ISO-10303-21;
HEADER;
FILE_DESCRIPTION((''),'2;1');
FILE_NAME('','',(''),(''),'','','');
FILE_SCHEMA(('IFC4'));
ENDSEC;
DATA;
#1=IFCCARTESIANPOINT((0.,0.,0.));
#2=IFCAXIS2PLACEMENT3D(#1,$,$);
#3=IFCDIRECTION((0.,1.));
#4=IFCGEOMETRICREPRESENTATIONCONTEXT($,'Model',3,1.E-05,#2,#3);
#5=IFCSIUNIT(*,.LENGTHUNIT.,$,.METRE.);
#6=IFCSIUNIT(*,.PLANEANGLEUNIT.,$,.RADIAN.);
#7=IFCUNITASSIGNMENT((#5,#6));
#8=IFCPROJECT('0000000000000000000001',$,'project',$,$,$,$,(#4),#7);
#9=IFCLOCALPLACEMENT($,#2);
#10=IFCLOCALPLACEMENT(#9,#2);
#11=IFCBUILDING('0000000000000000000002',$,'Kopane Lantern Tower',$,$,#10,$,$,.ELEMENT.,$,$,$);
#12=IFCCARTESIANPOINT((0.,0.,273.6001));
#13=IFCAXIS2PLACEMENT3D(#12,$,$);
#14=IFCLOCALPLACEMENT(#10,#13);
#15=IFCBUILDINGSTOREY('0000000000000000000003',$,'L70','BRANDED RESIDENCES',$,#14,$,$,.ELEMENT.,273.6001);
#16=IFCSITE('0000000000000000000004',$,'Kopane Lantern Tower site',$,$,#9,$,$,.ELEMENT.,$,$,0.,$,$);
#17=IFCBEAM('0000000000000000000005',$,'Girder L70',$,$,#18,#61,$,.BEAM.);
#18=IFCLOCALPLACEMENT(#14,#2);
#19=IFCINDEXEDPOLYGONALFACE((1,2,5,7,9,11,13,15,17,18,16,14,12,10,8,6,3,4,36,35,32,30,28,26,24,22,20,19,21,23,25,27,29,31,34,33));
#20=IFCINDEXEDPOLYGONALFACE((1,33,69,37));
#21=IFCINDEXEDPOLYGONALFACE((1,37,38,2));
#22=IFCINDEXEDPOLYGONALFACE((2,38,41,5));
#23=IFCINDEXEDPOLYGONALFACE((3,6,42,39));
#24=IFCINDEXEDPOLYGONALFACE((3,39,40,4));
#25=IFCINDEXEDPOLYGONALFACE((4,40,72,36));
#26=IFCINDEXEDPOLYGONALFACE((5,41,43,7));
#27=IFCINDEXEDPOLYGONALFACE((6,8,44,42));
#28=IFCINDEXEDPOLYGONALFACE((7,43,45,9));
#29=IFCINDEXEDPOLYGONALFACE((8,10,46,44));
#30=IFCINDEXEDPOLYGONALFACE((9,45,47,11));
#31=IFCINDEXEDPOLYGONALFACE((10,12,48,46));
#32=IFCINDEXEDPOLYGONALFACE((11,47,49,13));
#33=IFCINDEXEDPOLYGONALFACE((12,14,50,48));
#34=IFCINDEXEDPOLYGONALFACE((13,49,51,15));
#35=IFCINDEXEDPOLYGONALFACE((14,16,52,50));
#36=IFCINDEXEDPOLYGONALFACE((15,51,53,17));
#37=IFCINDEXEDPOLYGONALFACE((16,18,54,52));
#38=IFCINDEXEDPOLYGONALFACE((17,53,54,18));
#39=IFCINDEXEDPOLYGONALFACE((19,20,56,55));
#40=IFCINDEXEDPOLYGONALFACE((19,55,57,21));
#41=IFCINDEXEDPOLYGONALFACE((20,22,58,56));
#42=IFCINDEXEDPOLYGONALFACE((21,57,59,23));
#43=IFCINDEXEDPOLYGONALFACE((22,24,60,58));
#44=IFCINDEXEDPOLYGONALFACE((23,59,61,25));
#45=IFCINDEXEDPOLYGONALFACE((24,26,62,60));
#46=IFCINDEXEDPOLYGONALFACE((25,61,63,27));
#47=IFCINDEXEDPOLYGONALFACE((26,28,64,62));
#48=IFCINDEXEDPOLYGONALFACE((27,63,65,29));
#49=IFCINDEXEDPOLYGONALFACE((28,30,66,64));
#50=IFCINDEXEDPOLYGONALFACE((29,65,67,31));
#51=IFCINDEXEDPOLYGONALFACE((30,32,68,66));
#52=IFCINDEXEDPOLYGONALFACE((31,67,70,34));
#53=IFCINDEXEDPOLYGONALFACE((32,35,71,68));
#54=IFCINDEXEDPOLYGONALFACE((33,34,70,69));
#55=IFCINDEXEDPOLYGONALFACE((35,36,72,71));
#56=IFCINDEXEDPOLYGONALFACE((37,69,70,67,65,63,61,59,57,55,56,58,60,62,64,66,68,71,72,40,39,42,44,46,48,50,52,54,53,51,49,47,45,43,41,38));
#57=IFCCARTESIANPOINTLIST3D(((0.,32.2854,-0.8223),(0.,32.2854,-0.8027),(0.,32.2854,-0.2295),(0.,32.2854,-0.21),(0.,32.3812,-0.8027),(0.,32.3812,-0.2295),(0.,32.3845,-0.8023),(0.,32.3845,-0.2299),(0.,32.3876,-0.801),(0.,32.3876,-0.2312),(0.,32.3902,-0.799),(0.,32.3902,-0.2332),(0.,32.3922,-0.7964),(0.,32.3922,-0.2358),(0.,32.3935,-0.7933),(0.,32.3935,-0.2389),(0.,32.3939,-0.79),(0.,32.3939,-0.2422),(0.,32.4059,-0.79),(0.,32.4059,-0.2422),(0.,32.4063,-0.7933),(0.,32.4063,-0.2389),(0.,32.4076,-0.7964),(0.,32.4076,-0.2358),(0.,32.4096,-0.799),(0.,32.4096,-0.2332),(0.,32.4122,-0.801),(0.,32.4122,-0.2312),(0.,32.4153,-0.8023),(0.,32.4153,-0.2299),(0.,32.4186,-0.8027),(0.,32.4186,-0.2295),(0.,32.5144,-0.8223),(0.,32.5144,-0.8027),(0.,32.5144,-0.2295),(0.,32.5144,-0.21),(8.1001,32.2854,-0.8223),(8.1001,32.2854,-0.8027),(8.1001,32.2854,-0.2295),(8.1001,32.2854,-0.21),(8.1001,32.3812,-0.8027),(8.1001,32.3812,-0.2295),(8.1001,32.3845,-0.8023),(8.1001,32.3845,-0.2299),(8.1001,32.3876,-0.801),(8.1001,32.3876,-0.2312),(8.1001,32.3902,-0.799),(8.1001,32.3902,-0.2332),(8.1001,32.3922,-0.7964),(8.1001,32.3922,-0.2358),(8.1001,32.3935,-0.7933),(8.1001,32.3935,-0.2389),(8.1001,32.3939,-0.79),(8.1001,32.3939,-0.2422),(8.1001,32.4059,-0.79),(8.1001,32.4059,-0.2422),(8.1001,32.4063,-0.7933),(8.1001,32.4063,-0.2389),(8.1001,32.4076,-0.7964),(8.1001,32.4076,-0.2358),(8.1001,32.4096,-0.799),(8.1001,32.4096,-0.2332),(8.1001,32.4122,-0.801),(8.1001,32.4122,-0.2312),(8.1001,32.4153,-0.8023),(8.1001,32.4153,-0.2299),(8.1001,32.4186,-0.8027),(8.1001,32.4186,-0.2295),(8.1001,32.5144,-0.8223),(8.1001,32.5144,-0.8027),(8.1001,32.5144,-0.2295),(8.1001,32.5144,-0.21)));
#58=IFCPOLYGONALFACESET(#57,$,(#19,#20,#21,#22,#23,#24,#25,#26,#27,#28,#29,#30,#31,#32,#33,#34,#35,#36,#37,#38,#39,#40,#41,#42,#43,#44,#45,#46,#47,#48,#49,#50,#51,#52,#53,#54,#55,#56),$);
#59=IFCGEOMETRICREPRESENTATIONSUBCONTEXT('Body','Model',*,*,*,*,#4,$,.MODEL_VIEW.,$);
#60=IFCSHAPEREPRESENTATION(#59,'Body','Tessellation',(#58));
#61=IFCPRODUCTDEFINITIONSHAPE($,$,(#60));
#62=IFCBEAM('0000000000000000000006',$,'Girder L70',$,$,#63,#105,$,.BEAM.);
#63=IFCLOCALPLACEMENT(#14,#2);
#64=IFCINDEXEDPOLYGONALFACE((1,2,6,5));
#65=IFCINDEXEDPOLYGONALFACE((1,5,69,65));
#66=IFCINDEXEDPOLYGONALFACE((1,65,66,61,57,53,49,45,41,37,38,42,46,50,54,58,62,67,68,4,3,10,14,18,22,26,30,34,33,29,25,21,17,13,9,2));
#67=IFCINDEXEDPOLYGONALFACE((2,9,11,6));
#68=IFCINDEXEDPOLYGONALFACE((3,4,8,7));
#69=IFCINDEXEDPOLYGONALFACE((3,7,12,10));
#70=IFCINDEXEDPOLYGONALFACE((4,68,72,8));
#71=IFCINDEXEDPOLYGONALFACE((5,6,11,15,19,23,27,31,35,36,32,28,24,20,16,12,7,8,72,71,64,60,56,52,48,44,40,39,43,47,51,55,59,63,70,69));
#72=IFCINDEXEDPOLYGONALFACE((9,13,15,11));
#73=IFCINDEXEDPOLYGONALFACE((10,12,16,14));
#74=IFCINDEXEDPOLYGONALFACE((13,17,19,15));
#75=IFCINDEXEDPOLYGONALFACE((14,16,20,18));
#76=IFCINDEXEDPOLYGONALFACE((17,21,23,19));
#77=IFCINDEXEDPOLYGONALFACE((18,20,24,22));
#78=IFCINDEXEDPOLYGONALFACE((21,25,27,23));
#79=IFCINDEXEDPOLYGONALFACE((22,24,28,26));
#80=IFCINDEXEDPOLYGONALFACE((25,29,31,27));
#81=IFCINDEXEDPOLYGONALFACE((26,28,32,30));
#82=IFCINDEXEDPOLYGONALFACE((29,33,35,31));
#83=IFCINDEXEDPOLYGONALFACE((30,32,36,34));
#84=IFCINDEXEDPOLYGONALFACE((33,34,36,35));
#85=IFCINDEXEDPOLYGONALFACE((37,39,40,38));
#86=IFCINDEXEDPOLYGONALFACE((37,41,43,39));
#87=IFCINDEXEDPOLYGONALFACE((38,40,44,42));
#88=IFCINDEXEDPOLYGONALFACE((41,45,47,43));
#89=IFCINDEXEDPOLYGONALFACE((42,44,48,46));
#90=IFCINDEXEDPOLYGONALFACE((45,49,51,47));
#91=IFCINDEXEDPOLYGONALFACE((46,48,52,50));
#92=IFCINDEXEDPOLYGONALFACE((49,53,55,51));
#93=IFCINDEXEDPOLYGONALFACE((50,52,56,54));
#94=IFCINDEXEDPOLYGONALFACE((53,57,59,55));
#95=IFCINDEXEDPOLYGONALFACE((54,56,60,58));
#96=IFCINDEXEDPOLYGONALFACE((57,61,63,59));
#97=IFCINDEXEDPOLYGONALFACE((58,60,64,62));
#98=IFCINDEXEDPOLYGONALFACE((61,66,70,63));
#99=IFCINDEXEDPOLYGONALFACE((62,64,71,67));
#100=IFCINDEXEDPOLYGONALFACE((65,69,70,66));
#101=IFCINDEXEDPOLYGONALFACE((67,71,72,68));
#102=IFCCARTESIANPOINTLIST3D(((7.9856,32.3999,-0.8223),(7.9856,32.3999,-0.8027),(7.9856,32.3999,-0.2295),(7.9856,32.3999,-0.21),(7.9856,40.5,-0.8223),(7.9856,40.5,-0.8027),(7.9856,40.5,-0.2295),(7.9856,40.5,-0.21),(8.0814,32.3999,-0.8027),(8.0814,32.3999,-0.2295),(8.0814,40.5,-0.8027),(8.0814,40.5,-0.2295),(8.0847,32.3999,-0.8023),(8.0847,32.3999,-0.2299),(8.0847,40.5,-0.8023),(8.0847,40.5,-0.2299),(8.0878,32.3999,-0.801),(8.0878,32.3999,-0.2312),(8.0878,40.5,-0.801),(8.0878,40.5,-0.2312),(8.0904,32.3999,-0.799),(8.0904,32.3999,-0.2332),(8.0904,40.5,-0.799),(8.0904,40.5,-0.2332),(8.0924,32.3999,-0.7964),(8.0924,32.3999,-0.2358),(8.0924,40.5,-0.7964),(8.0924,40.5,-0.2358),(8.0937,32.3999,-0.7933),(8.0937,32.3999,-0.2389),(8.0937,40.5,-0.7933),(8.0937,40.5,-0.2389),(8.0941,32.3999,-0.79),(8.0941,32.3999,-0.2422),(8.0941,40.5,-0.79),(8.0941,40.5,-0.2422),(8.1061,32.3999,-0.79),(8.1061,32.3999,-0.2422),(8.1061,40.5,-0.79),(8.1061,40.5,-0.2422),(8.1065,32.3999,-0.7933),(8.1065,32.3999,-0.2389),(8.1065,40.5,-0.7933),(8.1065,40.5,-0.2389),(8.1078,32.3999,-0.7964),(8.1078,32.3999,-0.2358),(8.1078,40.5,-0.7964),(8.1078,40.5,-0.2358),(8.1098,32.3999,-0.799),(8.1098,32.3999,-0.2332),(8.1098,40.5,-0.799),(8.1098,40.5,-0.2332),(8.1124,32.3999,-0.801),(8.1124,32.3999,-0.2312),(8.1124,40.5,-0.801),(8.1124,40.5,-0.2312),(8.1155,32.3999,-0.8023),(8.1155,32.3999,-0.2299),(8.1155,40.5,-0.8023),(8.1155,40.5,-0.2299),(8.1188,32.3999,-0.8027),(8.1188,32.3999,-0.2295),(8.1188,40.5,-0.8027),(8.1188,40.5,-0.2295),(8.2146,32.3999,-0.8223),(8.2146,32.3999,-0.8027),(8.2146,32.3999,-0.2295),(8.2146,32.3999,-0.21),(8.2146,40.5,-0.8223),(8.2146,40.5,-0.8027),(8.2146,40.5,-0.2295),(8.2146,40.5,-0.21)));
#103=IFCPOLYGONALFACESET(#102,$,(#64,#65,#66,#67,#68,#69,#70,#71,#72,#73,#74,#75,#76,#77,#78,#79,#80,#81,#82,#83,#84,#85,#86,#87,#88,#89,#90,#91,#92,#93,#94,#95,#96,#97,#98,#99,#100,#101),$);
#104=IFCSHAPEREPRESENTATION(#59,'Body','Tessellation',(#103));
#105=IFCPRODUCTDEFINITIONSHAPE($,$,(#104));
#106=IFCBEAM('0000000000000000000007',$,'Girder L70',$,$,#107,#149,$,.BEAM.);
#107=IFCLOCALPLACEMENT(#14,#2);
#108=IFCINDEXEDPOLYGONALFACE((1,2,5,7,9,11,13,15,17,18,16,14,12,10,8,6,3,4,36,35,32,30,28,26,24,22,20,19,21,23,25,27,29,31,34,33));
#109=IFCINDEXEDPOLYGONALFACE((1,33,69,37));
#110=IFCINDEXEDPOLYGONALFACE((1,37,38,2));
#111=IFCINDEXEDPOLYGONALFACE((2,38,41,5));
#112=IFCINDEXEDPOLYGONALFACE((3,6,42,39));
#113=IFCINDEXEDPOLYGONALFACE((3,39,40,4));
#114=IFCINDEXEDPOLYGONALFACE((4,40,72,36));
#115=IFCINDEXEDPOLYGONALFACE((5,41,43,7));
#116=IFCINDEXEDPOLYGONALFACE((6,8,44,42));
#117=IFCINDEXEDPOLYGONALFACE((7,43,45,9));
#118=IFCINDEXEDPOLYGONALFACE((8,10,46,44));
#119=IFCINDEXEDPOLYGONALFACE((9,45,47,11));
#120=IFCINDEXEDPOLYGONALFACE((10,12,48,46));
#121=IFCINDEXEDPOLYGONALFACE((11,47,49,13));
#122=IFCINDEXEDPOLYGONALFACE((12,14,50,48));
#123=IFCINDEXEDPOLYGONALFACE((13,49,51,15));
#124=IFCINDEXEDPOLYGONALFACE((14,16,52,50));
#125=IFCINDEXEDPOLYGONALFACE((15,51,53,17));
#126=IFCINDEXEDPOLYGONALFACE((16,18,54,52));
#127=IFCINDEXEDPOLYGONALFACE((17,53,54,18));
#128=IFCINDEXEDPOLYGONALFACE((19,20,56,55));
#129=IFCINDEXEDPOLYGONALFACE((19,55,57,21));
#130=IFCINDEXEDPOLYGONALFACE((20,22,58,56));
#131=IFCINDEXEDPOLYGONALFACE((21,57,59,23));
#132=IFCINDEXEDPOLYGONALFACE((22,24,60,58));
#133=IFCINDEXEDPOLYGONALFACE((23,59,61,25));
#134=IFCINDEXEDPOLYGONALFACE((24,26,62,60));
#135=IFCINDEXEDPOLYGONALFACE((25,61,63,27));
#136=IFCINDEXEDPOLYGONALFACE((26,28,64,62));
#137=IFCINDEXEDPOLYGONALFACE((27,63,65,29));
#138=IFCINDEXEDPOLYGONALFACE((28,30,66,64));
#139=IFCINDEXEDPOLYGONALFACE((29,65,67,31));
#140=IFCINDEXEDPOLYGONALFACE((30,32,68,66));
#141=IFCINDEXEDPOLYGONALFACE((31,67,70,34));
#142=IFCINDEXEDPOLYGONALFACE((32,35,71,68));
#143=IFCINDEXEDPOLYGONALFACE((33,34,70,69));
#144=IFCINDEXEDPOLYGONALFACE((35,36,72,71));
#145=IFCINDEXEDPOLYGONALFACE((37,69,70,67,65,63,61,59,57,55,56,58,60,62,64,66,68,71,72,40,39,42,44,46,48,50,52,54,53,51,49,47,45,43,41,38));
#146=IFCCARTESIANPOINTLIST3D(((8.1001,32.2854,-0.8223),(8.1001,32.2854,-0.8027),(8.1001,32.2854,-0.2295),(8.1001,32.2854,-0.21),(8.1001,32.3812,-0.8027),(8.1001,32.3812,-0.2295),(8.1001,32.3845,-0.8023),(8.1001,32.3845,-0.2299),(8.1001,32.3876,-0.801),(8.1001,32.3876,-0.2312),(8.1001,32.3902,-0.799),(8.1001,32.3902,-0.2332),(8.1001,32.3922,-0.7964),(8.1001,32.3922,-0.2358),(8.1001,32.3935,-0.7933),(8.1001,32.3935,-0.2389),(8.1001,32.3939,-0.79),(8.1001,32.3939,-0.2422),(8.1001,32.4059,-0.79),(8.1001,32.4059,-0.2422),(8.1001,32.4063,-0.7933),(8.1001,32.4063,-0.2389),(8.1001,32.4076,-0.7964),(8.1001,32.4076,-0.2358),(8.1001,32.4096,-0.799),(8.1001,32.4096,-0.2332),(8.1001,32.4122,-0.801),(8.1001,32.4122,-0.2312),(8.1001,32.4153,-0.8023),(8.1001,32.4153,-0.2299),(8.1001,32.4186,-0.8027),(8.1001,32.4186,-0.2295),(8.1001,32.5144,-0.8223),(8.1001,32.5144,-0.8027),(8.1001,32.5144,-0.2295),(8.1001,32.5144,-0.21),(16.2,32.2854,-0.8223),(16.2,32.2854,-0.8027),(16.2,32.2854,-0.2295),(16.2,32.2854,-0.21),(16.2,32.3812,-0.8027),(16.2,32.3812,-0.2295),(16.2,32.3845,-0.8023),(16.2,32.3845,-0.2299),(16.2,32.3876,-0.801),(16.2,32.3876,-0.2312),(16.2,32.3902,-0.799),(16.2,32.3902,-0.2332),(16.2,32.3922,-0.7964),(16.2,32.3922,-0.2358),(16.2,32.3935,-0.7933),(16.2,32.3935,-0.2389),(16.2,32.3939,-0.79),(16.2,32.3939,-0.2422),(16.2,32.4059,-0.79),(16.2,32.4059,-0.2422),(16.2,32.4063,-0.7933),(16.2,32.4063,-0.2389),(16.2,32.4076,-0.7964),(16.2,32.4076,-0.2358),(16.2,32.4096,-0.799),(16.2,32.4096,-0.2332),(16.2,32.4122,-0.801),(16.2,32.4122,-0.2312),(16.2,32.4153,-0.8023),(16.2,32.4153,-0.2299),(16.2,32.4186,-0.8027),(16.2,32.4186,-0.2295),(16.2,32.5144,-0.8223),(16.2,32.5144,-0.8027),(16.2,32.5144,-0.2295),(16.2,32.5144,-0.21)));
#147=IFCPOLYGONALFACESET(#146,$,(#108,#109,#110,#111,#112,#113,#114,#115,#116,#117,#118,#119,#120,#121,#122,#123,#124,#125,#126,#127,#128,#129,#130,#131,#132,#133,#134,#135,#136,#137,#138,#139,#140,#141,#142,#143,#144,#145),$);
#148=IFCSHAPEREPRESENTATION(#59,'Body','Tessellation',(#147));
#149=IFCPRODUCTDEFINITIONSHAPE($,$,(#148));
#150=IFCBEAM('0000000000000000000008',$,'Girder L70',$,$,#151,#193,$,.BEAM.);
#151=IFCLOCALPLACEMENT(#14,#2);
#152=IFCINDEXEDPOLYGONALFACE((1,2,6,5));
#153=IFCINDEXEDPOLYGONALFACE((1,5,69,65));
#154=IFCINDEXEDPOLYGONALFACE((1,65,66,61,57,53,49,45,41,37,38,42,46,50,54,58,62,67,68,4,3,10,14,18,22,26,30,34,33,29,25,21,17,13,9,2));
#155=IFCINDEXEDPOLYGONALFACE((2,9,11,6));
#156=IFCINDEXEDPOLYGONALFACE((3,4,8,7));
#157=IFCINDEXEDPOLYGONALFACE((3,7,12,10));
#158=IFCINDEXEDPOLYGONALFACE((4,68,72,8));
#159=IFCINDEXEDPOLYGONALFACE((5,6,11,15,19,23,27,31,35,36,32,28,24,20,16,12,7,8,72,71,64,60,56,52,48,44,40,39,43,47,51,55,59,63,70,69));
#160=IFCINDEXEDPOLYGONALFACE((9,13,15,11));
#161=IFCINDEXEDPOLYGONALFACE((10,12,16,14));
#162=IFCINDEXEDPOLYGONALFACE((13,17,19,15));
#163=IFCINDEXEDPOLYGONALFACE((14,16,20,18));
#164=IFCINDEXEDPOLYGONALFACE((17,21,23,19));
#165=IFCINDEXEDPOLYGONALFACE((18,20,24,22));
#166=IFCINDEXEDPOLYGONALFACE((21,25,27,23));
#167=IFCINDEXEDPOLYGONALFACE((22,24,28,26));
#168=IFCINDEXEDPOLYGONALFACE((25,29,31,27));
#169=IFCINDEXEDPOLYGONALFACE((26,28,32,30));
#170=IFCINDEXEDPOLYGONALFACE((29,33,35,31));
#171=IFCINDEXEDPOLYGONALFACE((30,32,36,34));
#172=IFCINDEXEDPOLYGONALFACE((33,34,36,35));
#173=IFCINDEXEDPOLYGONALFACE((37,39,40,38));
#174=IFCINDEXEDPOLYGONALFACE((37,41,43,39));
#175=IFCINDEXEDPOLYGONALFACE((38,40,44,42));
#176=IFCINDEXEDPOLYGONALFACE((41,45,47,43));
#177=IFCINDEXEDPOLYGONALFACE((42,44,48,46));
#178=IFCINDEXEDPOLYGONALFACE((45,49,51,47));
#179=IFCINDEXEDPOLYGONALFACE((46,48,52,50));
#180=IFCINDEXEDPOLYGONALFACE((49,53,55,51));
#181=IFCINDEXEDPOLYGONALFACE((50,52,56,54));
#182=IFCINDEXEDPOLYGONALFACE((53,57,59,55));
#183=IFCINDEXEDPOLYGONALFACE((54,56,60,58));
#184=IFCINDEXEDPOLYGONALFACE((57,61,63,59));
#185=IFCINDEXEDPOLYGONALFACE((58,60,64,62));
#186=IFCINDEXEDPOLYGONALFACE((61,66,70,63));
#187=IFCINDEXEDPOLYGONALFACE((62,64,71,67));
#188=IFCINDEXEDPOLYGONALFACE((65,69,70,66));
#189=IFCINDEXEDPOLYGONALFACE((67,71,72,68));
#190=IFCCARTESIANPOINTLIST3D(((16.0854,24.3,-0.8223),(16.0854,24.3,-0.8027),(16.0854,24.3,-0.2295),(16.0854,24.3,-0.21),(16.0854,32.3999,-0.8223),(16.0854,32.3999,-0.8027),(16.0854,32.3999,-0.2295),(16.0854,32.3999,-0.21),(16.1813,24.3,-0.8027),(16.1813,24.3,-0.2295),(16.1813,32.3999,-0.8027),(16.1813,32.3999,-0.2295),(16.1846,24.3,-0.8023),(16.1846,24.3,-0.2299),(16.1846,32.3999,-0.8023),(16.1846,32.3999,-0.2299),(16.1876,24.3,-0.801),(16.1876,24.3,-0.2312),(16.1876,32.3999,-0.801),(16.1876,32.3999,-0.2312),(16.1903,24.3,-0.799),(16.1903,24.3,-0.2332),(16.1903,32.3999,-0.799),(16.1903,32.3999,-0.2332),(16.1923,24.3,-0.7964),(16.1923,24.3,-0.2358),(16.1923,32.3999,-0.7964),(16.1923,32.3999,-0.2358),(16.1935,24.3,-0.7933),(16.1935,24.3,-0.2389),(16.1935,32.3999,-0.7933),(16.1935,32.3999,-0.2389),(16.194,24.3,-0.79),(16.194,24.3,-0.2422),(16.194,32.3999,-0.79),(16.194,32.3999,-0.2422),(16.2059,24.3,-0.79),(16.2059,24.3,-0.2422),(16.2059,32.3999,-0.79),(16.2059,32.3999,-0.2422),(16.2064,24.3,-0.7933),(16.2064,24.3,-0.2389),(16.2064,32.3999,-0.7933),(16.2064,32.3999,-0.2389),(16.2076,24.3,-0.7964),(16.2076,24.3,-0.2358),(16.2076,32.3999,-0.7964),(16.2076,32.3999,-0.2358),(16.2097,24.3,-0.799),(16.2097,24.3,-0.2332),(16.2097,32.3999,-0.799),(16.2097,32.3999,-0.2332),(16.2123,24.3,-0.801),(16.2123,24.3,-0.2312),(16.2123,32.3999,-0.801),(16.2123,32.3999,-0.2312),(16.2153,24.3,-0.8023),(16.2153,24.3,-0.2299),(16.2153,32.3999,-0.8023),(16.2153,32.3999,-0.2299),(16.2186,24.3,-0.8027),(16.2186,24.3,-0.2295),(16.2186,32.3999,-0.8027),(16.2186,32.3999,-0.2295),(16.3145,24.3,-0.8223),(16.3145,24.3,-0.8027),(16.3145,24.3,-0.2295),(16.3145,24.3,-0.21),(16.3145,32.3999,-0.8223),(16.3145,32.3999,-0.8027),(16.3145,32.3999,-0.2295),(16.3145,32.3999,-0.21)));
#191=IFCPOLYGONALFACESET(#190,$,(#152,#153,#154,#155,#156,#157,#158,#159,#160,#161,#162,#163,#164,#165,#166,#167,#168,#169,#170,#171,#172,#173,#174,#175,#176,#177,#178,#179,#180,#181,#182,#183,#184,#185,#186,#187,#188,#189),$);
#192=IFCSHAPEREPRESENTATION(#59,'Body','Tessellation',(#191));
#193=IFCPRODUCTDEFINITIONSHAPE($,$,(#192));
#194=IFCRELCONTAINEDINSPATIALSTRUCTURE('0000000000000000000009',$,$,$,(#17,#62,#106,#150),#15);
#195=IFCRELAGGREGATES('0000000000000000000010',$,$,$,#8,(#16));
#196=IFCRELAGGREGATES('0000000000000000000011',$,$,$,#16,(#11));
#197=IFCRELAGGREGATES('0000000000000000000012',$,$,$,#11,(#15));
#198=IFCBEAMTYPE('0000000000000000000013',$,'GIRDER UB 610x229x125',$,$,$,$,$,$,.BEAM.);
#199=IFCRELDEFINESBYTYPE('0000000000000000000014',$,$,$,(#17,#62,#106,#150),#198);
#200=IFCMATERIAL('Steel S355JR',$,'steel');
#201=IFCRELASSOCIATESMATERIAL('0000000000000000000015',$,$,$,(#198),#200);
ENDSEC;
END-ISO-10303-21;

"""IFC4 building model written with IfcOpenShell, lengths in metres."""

from ifc_helpers import new_model, si_unit, direction, frame, origin, origin_2d, place, context, subcontext, project, spatial, i_section, extrude, material, material_profile, profile_set, type_object, element, save


model = new_model("IFC4")

# Units and contexts
model_context = context("Model", 3, precision=1e-05, world=origin(), true_north=direction((0.0, 1.0)))
body_context = subcontext(model_context, "Body", "Model", "MODEL_VIEW")
ifc_project = project(units=[si_unit("LENGTHUNIT", "METRE"), si_unit("PLANEANGLEUNIT", "RADIAN")], contexts=[model_context])

# Site, building, storey
site_placement = place(None, origin())
site = spatial("IfcSite", under=ifc_project, at=site_placement, Name="Kopane Lantern Tower site", CompositionType="ELEMENT", RefElevation=0.0)
building_placement = place(site_placement, origin())
building = spatial("IfcBuilding", under=site, at=building_placement, Name="Kopane Lantern Tower", CompositionType="ELEMENT")
storey_placement = place(building_placement, frame((0.0, 0.0, 273.6001)))
storey = spatial("IfcBuildingStorey", under=building, at=storey_placement, Name="L70", Description="BRANDED RESIDENCES", CompositionType="ELEMENT", Elevation=273.6001)

# Beams
ifc_material_1 = material(Name="Steel S355JR", Category="steel")
ifc_material_profile_1 = material_profile(ifc_material_1, i_section(OverallWidth=0.229, OverallDepth=0.6123, WebThickness=0.012, FlangeThickness=0.0195, FilletRadius=0.0127, at=origin_2d()), Name="UB 610x229x125")
ifc_profile_set_1 = profile_set([ifc_material_profile_1], Name="Steel S355JR")
beam_type = type_object("IfcBeamType", Name="GIRDER UB 610x229x125", PredefinedType="BEAM", material=ifc_profile_set_1)
for number, where, z_axis, x_axis, name in (
    (1, (0.0, 32.3999, -0.5161), (1.0, 0.0, 0.0), (0.0, 1.0, 0.0), "Girder L70"),
    (2, (8.1001, 32.3999, -0.5161), (0.0, 1.0, 0.0), (-1.0, 0.0, 0.0), "Girder L70"),
):
    element("IfcBeam", number, at=place(storey_placement, frame(where, z_axis=z_axis, x_axis=x_axis)), inside=storey, type_object=beam_type, Name=name, PredefinedType="BEAM", context=body_context, shape_type="SweptSolid", body=[
        extrude(i_section(OverallWidth=0.229, OverallDepth=0.6123, WebThickness=0.012, FlangeThickness=0.0195, FilletRadius=0.0127, at=origin_2d()), origin(), (0.0, 0.0, 1.0), 8.1001),
    ])
for number, where, z_axis, x_axis, name in (
    (3, (8.1001, 32.3999, -0.5161), (1.0, 0.0, 0.0), (0.0, 1.0, 0.0), "Girder L70"),
    (4, (16.2, 24.3, -0.5161), (0.0, 1.0, 0.0), (-1.0, 0.0, 0.0), "Girder L70"),
):
    element("IfcBeam", number, at=place(storey_placement, frame(where, z_axis=z_axis, x_axis=x_axis)), inside=storey, type_object=beam_type, Name=name, PredefinedType="BEAM", context=body_context, shape_type="SweptSolid", body=[
        extrude(i_section(OverallWidth=0.229, OverallDepth=0.6123, WebThickness=0.012, FlangeThickness=0.0195, FilletRadius=0.0127, at=origin_2d()), origin(), (0.0, 0.0, 1.0), 8.0999),
    ])

save(model, "model.ifc")
